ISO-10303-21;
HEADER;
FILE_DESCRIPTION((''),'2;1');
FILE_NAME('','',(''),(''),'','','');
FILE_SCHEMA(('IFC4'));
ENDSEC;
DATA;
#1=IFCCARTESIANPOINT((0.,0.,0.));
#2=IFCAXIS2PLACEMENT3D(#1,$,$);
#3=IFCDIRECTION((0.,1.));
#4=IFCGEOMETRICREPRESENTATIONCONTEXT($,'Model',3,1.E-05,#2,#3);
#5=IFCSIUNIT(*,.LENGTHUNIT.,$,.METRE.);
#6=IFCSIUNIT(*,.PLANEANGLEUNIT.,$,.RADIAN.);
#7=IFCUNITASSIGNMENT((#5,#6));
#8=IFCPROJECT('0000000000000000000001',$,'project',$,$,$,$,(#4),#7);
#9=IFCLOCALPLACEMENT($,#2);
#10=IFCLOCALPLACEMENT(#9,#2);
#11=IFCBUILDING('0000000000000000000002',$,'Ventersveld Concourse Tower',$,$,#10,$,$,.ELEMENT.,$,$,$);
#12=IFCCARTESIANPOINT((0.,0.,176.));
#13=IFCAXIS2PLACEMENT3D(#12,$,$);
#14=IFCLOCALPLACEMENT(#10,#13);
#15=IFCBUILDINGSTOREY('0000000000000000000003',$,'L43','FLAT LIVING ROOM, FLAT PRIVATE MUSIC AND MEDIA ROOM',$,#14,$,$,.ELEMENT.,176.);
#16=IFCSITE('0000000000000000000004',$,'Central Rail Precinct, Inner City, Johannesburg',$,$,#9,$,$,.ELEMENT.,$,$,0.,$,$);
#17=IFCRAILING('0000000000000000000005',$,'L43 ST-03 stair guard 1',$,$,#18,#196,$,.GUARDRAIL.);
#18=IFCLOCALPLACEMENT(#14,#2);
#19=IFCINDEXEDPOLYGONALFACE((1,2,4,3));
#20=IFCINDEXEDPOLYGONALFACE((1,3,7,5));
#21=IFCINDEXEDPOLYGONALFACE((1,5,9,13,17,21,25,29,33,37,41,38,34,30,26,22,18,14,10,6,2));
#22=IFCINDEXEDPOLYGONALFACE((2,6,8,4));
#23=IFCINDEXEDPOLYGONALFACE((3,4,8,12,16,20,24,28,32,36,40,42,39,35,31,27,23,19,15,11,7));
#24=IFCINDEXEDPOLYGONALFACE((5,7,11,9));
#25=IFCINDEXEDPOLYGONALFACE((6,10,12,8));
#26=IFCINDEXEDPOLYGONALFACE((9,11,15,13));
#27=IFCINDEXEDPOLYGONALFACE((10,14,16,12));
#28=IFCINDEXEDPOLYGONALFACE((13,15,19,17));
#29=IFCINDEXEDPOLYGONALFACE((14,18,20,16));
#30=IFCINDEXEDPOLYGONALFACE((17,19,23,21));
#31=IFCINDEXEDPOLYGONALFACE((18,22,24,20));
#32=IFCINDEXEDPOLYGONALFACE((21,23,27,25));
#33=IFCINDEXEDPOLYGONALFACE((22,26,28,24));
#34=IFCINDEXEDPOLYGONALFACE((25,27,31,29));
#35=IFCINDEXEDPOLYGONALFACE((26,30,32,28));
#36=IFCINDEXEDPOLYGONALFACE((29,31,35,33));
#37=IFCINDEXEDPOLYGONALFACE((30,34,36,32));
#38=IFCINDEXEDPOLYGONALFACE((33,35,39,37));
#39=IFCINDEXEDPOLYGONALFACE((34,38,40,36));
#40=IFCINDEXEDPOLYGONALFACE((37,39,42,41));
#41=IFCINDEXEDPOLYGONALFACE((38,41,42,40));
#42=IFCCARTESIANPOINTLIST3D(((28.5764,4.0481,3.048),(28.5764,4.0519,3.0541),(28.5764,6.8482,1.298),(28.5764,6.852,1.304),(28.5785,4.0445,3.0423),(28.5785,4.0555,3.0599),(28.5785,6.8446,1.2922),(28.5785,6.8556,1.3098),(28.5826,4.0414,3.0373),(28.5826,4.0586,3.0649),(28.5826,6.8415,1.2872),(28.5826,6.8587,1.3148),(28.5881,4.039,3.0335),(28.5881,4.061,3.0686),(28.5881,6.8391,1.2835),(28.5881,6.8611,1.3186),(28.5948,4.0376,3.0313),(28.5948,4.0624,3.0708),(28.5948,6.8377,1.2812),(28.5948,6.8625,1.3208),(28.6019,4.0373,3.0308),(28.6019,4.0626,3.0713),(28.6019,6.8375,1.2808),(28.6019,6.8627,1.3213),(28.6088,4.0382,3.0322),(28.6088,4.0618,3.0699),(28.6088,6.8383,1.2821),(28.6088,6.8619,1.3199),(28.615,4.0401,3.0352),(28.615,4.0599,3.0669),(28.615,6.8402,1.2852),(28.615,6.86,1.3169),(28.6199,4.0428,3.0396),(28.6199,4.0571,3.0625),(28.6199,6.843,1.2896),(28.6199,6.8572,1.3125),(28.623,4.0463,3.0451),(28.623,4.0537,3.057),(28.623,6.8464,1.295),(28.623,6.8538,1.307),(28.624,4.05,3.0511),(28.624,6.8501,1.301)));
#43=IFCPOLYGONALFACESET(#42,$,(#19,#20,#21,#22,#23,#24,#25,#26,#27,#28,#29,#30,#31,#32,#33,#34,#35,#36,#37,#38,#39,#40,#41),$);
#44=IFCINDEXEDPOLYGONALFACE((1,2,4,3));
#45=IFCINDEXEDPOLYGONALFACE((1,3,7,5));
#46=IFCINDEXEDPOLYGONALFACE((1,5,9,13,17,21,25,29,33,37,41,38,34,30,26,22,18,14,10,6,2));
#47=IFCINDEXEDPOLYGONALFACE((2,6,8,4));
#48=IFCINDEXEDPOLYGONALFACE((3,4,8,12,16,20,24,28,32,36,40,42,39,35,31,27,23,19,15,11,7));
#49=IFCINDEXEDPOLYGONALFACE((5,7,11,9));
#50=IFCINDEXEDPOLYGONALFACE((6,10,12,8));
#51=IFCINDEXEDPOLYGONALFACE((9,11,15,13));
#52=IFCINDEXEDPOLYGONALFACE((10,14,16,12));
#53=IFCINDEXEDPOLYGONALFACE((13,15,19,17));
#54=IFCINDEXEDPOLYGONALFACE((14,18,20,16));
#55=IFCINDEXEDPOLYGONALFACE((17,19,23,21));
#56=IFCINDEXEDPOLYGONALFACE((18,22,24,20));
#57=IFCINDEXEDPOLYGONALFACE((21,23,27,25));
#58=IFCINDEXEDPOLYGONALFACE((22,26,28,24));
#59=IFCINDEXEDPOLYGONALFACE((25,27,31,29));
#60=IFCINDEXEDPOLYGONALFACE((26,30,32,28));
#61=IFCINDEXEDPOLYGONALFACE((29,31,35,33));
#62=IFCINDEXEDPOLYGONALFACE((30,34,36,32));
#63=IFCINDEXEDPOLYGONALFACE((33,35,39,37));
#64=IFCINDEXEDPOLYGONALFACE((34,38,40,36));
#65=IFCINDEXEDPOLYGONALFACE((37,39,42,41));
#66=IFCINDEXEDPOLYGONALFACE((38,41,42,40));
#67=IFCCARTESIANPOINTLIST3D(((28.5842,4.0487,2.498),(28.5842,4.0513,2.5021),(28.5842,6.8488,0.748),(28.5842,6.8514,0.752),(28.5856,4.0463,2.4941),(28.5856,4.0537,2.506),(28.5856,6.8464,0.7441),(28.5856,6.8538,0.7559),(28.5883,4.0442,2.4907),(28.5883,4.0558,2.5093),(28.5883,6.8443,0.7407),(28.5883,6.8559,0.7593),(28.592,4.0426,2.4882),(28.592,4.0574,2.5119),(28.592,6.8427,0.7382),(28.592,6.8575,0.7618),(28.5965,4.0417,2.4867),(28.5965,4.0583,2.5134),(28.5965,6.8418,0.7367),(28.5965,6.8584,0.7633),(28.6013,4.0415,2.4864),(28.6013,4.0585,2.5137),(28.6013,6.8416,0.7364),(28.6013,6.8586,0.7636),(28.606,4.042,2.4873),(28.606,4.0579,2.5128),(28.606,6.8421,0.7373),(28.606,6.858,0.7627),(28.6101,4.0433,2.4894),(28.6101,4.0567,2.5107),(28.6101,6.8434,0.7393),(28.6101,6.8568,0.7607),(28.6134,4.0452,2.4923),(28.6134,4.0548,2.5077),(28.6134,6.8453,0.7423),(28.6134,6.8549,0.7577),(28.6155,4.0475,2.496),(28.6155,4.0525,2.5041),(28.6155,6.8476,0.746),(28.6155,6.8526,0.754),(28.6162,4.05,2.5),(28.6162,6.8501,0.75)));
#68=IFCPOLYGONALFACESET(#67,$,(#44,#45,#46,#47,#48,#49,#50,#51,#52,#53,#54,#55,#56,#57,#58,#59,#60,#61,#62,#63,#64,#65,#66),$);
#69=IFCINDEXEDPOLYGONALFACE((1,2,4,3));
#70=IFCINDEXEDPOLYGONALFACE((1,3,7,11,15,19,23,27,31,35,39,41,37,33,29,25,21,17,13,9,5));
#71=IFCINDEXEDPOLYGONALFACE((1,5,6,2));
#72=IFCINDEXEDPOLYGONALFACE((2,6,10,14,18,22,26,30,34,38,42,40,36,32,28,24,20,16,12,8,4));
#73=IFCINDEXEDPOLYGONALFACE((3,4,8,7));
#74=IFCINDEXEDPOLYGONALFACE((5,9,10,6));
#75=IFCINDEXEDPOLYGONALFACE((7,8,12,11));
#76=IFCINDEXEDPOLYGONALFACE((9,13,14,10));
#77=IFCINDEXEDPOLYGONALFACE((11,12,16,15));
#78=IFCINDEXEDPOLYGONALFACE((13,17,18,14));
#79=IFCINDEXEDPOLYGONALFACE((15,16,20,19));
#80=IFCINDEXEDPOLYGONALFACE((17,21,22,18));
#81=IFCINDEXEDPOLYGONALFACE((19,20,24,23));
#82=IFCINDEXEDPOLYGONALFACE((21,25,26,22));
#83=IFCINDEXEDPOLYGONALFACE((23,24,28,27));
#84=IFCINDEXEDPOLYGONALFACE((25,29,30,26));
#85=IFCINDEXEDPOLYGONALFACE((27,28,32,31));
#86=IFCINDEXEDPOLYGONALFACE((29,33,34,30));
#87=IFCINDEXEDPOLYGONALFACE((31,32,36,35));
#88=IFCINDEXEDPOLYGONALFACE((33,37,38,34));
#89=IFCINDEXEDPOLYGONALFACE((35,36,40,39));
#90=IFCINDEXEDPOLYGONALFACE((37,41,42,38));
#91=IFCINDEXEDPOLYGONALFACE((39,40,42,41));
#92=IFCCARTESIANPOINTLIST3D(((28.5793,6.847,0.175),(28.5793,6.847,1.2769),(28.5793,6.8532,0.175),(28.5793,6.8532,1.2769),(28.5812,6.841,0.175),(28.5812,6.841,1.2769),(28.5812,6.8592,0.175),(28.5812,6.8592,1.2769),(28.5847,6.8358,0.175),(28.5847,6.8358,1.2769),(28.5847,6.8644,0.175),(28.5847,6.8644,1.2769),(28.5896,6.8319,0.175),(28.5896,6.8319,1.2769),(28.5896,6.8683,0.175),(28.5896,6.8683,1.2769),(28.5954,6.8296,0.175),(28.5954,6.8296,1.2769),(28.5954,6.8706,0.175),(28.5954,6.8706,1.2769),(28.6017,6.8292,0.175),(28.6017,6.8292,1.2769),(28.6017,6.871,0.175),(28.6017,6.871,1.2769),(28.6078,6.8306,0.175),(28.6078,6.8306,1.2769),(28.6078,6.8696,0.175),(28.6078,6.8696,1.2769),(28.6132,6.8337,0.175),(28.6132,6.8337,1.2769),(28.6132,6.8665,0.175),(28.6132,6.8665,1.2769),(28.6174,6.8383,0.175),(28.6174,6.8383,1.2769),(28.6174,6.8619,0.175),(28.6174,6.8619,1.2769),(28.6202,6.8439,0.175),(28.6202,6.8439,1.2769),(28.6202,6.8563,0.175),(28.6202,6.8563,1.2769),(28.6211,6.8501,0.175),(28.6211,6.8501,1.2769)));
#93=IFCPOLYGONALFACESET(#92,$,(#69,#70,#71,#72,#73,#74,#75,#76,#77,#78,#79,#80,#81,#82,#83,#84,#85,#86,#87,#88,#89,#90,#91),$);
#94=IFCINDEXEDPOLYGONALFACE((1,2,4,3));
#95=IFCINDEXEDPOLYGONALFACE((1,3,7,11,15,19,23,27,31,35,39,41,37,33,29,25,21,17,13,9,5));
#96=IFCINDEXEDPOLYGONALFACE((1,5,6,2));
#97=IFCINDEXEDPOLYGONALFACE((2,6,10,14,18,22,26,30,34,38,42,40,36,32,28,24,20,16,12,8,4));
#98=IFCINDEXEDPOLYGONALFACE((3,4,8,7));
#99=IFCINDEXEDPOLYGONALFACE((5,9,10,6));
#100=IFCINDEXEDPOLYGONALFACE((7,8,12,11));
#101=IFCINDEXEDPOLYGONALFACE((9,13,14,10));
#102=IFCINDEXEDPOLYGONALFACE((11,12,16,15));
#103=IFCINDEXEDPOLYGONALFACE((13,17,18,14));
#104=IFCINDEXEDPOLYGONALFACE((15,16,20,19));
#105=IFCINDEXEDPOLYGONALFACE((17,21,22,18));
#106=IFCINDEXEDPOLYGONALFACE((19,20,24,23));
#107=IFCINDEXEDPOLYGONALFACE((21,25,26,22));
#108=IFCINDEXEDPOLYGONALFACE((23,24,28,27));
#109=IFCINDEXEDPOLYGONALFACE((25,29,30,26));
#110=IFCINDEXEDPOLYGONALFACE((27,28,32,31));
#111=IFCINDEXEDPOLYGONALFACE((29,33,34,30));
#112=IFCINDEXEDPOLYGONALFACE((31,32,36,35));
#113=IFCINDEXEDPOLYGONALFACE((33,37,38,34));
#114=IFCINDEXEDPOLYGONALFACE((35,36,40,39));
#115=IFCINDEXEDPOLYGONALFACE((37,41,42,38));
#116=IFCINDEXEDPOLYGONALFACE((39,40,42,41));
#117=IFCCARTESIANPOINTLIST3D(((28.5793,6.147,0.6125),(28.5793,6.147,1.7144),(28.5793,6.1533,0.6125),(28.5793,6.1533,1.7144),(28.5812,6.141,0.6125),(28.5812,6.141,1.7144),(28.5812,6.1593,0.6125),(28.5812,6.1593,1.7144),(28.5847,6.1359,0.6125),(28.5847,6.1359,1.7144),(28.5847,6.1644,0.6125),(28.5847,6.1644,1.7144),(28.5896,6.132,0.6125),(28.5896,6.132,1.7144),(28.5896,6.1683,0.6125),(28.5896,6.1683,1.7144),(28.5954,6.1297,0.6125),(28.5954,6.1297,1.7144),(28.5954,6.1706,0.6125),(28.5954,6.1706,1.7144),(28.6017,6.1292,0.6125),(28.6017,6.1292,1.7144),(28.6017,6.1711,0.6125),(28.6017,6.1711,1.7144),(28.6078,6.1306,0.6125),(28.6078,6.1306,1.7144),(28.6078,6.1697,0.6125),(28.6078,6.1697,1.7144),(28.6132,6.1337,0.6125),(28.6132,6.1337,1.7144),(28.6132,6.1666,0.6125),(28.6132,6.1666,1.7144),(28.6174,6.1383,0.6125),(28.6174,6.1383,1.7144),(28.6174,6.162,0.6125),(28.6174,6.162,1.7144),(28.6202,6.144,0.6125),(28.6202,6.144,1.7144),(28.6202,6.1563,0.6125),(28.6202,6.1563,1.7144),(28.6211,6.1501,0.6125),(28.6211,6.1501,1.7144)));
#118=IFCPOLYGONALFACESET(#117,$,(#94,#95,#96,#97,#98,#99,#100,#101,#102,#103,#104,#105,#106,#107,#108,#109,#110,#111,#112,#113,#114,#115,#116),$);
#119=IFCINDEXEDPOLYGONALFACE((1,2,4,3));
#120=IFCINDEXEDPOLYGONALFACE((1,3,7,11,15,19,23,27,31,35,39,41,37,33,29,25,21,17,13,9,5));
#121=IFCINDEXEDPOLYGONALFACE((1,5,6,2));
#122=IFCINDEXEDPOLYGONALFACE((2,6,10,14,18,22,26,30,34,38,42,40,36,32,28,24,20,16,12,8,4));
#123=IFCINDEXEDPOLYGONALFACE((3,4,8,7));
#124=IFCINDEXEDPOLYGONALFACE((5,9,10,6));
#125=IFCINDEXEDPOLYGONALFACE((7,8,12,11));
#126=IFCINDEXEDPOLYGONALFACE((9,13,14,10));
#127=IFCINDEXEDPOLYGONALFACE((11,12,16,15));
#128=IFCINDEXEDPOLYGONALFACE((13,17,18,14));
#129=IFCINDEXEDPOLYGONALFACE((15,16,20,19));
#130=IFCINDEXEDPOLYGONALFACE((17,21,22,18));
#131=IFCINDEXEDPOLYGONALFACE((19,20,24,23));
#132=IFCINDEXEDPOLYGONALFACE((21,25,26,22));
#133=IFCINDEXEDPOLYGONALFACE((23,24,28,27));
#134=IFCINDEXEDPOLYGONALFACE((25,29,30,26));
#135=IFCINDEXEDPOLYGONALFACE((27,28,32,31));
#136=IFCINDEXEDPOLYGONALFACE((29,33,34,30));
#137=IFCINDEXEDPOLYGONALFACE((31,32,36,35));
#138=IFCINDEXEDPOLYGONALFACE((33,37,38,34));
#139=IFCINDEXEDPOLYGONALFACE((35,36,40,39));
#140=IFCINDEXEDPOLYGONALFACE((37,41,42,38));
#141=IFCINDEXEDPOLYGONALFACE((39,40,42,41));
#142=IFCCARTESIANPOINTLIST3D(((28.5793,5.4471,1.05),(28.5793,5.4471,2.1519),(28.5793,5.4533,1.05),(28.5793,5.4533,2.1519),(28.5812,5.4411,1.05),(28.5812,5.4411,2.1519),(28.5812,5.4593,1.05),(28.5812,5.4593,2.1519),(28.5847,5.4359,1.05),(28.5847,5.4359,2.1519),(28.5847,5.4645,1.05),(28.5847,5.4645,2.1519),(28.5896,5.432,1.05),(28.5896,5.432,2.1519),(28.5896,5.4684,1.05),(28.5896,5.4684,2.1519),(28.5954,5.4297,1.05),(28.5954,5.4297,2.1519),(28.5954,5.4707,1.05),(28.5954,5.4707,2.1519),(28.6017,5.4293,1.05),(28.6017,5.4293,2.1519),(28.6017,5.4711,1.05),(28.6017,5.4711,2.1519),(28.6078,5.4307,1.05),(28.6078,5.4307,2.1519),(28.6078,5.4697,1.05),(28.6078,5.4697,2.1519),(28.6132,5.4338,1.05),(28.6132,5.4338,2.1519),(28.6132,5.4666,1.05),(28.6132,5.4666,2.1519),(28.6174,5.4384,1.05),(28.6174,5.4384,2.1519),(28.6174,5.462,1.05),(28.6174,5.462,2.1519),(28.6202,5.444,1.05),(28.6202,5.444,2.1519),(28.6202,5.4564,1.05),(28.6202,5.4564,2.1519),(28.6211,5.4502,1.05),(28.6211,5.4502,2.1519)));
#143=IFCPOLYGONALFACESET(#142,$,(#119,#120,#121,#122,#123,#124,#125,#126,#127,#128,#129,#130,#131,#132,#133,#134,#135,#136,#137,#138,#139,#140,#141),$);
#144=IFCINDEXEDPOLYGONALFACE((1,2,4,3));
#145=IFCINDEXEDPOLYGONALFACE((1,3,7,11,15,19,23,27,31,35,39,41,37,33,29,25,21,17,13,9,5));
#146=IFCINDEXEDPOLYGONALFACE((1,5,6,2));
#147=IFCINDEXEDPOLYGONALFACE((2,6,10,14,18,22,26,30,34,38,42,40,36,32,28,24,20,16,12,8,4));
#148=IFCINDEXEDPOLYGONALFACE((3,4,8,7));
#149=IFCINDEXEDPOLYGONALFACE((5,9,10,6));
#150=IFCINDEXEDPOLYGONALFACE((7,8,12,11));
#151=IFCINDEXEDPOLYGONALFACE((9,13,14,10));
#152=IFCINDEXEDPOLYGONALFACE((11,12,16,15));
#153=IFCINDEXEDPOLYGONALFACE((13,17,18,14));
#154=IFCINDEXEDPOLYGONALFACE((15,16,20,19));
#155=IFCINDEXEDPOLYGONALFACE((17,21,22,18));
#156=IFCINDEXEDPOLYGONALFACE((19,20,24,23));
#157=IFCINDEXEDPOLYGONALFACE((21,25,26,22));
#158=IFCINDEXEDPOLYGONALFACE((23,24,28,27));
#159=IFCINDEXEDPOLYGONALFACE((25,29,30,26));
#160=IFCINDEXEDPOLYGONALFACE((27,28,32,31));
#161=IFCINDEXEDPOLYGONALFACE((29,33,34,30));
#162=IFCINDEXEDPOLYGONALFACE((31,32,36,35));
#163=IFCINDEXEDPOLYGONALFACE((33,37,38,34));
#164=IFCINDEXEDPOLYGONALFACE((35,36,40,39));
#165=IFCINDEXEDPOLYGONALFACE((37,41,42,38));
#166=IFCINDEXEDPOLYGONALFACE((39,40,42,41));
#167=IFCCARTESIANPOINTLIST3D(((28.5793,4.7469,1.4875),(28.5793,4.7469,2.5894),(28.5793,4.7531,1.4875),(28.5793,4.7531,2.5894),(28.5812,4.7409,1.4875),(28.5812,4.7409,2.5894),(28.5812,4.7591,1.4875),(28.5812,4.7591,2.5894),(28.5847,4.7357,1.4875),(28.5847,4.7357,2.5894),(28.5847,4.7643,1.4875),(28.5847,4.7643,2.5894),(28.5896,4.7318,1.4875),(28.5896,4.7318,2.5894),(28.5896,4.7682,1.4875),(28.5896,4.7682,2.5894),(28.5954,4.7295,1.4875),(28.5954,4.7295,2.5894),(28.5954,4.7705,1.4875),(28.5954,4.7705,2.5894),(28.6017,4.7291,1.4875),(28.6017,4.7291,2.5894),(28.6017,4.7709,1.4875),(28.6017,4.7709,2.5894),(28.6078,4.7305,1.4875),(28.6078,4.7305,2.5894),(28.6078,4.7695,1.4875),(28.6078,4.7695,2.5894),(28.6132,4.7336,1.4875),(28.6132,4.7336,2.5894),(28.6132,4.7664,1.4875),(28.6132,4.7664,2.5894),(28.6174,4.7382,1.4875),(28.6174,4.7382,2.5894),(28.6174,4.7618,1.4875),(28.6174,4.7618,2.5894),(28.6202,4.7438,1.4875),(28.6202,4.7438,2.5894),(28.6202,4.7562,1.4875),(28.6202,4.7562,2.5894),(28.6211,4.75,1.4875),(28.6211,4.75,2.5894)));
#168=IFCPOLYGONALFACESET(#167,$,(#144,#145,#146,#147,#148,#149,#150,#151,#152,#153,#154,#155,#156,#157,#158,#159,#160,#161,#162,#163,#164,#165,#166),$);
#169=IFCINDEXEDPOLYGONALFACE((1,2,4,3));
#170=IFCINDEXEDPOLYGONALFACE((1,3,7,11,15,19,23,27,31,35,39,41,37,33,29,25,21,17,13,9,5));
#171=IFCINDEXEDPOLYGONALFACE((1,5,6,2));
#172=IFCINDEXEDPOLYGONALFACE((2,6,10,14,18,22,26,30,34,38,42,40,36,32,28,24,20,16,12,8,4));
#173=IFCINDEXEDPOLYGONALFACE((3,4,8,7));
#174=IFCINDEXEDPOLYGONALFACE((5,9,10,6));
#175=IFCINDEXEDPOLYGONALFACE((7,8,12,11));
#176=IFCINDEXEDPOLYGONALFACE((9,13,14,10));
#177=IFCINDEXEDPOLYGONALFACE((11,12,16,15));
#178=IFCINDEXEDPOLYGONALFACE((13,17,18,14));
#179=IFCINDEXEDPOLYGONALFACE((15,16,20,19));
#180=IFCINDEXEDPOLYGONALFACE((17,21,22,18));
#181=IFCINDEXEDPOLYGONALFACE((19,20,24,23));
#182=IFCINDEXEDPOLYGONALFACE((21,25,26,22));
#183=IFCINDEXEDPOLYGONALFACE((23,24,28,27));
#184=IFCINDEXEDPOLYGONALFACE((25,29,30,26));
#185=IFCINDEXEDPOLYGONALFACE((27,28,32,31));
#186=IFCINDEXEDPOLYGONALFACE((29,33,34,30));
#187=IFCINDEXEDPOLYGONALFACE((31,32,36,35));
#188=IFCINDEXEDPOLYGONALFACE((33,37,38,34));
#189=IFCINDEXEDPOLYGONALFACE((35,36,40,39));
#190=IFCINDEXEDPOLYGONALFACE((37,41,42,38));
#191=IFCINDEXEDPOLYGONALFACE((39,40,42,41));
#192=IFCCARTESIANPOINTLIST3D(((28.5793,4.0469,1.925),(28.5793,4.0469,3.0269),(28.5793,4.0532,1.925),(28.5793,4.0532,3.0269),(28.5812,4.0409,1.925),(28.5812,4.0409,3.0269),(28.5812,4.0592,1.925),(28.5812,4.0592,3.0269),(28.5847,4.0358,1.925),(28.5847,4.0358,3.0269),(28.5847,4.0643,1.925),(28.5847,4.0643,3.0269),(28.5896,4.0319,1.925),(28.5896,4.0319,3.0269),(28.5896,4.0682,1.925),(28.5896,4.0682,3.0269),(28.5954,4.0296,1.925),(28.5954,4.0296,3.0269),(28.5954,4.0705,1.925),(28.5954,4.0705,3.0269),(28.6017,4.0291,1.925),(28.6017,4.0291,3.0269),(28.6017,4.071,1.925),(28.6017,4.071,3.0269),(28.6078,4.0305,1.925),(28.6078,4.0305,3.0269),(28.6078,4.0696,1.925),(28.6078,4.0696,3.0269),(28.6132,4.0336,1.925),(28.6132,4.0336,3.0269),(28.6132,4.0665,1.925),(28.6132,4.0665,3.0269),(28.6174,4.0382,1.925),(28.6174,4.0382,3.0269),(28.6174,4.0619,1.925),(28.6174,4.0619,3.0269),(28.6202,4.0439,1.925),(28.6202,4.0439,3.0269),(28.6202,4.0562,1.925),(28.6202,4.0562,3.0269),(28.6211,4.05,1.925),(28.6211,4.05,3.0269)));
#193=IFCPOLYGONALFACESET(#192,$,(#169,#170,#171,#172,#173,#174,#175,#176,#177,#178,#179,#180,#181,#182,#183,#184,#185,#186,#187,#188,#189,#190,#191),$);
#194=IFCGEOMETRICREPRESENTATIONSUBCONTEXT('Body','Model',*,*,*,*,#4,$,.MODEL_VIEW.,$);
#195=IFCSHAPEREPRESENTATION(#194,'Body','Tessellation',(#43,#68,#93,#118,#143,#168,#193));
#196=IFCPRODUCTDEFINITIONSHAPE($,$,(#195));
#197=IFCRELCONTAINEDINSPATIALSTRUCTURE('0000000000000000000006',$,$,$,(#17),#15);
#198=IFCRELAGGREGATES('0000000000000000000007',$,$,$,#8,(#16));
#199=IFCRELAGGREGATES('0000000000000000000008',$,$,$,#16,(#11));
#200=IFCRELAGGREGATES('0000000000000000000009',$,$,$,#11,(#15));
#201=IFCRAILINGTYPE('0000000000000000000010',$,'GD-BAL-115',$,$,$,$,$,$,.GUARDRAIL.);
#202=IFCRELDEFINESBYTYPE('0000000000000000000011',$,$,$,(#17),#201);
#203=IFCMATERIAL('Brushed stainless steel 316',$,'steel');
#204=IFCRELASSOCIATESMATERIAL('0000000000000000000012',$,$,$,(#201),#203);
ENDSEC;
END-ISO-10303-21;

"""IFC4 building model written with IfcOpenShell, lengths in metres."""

from ifc_helpers import new_model, si_unit, direction, frame, origin, origin_2d, place, context, subcontext, project, spatial, circle, extrude, material, type_object, element, save


model = new_model("IFC4")

# Units and contexts
model_context = context("Model", 3, precision=1e-05, world=origin(), true_north=direction((0.0, 1.0)))
body_context = subcontext(model_context, "Body", "Model", "MODEL_VIEW")
ifc_project = project(units=[si_unit("LENGTHUNIT", "METRE"), si_unit("PLANEANGLEUNIT", "RADIAN")], contexts=[model_context])

# Site, building, storey
site_placement = place(None, origin())
site = spatial("IfcSite", under=ifc_project, at=site_placement, Name="Central Rail Precinct, Inner City, Johannesburg", CompositionType="ELEMENT", RefElevation=0.0)
building_placement = place(site_placement, origin())
building = spatial("IfcBuilding", under=site, at=building_placement, Name="Ventersveld Concourse Tower", CompositionType="ELEMENT")
storey_placement = place(building_placement, frame((0.0, 0.0, 176.0)))
storey = spatial("IfcBuildingStorey", under=building, at=storey_placement, Name="L43", Description="FLAT LIVING ROOM, FLAT PRIVATE MUSIC AND MEDIA ROOM", CompositionType="ELEMENT", Elevation=176.0)

# Shared definitions
ifc_material_1 = material(Name="Brushed stainless steel 316", Category="steel")

# Railing
railing_type_1 = type_object("IfcRailingType", Name="GD-BAL-115", PredefinedType="GUARDRAIL", material=ifc_material_1)
railing_1_placement = place(storey_placement, frame((28.6001, 6.8501, 0.175)))
element("IfcRailing", 1, at=railing_1_placement, inside=storey, type_object=railing_type_1, Name="L43 ST-03 stair guard 1", PredefinedType="GUARDRAIL", context=body_context, shape_type="SweptSolid", body=[
    extrude(circle(Radius=0.0239, at=origin_2d()), frame((0.0, 0.0, 1.126), z_axis=(0.0, -0.848002, 0.529992), x_axis=(1.0, 0.0, 0.0)), (0.0, 0.0, 1.0), 3.302),
    extrude(circle(Radius=0.0161, at=origin_2d()), frame((0.0, 0.0, 0.575), z_axis=(0.0, -0.848002, 0.529992), x_axis=(1.0, 0.0, 0.0)), (0.0, 0.0, 1.0), 3.302),
    extrude(circle(Radius=0.021, at=origin_2d()), origin(), (0.0, 0.0, 1.0), 1.1018),
    extrude(circle(Radius=0.021, at=origin_2d()), frame((0.0, -0.7, 0.4375)), (0.0, 0.0, 1.0), 1.1018),
    extrude(circle(Radius=0.021, at=origin_2d()), frame((0.0, -1.3999, 0.875)), (0.0, 0.0, 1.0), 1.1018),
    extrude(circle(Radius=0.021, at=origin_2d()), frame((0.0, -2.1001, 1.3125)), (0.0, 0.0, 1.0), 1.1018),
    extrude(circle(Radius=0.021, at=origin_2d()), frame((0.0, -2.8, 1.75)), (0.0, 0.0, 1.0), 1.1018),
])

save(model, "model.ifc")
